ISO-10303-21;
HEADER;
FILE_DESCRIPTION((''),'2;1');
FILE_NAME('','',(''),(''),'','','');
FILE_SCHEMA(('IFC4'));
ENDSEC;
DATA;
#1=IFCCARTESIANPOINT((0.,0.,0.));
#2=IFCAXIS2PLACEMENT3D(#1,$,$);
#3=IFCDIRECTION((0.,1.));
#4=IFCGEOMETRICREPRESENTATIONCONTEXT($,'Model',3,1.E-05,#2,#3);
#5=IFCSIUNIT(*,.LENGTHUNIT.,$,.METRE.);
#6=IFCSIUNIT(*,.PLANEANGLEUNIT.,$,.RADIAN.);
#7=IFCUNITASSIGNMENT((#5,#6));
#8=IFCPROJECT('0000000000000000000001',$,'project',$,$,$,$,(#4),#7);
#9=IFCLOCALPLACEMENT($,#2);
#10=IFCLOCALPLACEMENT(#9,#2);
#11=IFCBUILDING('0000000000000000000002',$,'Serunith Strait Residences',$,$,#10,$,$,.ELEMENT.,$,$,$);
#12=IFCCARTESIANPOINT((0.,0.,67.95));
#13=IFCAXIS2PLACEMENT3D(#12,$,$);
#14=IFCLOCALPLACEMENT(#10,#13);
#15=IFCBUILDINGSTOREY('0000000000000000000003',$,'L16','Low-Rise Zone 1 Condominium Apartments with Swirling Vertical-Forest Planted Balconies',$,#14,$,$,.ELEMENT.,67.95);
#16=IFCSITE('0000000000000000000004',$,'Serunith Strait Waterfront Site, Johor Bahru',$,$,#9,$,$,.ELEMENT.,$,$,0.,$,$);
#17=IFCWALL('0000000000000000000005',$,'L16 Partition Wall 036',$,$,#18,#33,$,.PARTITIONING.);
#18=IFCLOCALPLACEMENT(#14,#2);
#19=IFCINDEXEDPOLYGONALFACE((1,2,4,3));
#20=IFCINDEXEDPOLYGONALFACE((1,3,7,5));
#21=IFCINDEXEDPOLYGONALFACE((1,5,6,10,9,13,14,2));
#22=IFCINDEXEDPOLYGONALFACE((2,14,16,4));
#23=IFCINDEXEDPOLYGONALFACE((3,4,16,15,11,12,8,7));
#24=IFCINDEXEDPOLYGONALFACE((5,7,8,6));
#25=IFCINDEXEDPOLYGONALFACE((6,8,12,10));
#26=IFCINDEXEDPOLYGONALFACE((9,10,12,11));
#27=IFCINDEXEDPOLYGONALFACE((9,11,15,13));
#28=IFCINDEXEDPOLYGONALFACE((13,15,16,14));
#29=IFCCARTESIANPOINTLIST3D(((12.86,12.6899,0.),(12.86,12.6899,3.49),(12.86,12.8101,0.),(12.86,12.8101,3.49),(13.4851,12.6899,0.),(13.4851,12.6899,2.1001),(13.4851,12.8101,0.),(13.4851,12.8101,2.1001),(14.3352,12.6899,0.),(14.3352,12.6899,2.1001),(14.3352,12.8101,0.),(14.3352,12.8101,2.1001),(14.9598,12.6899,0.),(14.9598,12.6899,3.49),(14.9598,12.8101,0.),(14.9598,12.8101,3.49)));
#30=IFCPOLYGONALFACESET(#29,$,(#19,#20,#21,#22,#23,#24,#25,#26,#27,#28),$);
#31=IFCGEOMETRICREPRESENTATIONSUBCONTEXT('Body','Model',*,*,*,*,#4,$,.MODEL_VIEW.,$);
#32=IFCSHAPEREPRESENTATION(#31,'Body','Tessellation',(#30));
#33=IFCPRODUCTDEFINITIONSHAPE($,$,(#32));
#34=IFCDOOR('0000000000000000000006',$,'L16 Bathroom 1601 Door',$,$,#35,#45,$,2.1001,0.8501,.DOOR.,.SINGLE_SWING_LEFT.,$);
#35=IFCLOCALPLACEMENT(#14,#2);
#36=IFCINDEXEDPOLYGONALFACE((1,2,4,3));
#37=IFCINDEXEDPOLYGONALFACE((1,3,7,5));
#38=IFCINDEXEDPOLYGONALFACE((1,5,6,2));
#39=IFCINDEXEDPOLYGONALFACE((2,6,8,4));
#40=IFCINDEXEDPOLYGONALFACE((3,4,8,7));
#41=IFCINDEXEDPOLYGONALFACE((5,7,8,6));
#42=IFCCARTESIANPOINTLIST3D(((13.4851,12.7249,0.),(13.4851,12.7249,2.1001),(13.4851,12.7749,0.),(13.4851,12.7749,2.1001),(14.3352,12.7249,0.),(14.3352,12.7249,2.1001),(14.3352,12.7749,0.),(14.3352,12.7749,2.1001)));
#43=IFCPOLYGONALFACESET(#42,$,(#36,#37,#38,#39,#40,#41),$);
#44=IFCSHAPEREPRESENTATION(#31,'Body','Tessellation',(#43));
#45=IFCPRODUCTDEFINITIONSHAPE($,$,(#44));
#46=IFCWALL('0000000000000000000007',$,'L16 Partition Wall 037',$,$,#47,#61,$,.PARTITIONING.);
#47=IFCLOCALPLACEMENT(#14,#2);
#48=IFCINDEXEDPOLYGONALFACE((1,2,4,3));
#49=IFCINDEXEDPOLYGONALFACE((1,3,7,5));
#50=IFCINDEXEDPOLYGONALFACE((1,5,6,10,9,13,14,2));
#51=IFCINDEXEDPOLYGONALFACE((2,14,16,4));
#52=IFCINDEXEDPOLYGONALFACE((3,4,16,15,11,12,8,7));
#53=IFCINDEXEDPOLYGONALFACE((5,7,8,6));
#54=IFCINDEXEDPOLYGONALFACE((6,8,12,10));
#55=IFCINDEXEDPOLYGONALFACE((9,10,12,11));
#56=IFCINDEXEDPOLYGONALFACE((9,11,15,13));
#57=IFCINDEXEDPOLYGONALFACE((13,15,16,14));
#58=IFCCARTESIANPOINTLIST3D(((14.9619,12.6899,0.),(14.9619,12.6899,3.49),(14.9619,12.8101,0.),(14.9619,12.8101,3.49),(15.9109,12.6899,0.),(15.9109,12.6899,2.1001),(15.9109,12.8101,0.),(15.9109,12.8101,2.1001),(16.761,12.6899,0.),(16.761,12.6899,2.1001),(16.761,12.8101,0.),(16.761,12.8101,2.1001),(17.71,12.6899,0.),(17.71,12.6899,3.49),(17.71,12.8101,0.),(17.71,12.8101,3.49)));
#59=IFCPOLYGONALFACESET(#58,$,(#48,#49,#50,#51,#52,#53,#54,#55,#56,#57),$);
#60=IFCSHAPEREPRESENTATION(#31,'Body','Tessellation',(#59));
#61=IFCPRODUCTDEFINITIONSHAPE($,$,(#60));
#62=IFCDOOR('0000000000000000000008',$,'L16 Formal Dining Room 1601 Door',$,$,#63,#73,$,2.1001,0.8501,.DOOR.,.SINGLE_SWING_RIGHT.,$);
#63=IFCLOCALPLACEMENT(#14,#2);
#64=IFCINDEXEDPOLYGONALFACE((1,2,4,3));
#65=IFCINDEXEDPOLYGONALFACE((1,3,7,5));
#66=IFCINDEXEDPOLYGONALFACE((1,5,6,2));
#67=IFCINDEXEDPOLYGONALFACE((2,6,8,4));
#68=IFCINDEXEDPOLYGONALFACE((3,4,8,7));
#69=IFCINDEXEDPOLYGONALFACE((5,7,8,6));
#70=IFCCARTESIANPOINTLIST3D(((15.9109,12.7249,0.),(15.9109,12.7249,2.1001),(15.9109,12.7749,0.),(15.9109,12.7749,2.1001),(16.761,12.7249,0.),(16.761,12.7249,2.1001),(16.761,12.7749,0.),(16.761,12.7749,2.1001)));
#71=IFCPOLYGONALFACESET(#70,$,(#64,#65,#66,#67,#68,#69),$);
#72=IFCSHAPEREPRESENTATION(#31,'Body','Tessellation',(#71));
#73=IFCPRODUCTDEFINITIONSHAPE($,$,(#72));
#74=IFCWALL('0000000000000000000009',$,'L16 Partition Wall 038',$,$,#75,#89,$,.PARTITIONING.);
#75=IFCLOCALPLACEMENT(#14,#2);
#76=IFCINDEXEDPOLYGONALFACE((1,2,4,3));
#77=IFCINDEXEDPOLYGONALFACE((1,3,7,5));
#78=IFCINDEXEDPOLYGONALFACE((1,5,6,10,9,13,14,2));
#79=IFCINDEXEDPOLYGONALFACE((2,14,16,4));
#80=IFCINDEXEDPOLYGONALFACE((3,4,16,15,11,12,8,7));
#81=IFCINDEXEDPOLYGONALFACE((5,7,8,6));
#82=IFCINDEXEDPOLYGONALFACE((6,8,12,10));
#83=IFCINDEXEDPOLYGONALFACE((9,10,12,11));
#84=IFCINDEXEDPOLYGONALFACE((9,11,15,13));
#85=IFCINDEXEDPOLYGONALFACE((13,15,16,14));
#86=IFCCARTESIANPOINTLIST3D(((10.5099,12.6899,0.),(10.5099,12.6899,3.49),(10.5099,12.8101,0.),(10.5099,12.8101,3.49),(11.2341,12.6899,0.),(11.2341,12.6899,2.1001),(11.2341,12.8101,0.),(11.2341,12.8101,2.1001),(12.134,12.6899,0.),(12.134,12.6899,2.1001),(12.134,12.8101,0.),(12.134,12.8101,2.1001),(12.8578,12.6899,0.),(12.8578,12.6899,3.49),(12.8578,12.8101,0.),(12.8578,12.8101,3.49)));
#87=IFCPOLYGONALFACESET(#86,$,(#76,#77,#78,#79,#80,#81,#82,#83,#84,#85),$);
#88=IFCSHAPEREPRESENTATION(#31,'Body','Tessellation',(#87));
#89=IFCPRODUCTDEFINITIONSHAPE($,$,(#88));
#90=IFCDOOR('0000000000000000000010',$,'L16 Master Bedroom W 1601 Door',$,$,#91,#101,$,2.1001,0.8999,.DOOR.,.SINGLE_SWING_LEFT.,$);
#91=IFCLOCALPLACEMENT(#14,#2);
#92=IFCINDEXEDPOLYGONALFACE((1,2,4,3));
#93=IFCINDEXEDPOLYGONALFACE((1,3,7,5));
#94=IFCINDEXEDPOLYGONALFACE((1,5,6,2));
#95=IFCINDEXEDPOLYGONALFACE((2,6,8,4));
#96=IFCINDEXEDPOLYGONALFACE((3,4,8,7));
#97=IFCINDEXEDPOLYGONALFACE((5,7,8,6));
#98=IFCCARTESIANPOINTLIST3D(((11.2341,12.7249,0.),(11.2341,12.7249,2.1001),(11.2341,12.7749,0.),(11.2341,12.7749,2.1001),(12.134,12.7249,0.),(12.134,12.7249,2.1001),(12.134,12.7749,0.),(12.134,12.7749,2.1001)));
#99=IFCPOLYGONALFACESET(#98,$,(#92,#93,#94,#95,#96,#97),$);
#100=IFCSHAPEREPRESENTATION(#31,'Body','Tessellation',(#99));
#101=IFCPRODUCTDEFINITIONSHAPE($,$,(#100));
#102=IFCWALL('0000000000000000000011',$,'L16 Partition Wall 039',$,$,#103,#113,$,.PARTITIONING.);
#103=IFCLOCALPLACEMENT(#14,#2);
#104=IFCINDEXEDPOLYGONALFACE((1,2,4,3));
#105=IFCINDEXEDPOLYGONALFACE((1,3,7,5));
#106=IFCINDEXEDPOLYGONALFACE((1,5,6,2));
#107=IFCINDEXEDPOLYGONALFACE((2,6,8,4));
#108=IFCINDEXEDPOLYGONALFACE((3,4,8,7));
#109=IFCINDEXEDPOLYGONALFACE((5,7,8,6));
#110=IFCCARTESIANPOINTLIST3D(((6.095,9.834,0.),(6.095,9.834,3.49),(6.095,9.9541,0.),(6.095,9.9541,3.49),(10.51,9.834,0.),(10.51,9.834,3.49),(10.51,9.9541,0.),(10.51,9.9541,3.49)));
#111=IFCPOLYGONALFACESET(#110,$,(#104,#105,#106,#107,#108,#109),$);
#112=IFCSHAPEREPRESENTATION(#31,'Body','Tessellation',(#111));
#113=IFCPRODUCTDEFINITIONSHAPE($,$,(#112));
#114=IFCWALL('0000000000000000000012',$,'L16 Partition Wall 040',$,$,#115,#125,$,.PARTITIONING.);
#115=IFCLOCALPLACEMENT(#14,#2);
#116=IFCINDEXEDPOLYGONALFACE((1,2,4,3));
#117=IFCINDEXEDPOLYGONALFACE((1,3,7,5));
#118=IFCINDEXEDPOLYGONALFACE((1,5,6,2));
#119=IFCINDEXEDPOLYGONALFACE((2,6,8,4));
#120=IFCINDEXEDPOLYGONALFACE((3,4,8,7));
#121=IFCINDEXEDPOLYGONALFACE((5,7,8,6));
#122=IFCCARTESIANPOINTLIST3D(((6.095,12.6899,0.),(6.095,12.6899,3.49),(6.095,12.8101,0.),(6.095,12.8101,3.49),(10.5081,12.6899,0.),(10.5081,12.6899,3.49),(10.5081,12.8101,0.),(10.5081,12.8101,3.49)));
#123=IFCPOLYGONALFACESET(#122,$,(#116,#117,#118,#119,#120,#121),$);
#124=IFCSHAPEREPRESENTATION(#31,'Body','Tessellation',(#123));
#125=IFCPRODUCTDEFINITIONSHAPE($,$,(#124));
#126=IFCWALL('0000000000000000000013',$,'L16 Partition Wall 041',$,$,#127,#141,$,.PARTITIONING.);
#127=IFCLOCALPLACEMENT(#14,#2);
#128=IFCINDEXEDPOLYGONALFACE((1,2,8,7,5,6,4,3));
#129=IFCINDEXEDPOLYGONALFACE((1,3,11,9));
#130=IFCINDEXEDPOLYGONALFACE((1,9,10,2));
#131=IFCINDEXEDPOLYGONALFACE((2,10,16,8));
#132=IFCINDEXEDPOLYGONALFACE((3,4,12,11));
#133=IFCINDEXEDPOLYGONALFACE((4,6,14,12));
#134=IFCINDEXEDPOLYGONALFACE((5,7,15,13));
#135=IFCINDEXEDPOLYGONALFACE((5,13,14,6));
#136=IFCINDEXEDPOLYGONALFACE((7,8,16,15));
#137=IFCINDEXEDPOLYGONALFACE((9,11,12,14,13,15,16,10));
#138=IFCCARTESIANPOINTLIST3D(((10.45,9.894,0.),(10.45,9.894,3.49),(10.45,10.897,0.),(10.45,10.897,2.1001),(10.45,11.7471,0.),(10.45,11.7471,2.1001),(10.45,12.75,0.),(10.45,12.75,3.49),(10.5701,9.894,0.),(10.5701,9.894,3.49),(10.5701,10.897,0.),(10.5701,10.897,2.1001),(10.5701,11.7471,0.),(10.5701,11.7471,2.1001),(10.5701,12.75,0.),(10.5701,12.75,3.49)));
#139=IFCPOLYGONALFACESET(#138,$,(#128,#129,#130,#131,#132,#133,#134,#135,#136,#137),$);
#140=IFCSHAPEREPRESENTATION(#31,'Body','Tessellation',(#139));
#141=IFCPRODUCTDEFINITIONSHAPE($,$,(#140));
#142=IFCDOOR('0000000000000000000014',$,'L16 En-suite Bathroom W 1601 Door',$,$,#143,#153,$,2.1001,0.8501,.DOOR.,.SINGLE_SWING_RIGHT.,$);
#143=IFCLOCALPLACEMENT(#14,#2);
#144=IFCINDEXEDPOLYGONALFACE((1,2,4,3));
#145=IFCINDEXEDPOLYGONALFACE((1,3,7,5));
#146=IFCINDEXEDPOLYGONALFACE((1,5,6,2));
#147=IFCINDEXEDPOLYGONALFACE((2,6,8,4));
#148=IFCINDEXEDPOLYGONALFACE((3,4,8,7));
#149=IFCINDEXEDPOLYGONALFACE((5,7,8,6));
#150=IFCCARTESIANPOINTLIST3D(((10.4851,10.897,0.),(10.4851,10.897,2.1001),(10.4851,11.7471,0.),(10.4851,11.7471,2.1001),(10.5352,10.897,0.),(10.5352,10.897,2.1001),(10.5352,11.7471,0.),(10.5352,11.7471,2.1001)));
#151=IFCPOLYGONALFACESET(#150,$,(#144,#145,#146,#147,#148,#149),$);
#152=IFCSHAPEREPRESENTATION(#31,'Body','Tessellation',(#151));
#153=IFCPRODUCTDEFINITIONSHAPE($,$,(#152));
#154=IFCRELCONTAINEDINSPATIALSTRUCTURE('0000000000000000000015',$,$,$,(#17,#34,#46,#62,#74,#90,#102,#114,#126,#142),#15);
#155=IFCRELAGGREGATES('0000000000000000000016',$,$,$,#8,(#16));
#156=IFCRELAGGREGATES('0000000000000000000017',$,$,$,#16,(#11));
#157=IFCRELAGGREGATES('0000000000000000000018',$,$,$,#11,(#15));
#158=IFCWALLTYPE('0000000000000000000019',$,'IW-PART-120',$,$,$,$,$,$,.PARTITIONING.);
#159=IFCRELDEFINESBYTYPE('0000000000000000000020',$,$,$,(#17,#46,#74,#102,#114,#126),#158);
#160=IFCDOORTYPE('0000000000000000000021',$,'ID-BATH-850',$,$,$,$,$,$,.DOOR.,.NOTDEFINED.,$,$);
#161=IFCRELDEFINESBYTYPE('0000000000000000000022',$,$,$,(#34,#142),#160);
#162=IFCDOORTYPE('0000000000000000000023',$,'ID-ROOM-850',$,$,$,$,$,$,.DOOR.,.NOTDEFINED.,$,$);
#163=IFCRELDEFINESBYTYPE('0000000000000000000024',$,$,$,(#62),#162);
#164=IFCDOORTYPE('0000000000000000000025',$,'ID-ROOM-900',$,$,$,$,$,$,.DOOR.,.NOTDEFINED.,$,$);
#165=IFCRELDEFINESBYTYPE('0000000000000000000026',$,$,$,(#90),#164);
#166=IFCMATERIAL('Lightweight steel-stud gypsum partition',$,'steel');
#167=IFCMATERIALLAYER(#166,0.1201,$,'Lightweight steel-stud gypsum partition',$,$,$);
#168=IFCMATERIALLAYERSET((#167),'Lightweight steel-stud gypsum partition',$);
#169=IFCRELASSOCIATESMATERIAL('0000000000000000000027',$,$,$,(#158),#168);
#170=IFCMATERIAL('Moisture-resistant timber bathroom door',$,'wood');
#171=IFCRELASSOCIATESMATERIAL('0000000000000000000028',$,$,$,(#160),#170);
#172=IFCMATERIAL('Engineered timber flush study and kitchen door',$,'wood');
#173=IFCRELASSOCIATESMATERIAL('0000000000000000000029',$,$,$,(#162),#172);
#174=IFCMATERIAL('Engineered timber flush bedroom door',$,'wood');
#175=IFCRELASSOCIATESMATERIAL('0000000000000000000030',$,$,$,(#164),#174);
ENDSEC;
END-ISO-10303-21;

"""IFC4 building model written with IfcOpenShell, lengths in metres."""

from ifc_helpers import new_model, si_unit, direction, frame, frame_2d, origin, place, context, subcontext, project, spatial, rectangle, extrude, source, transform, mapped, material, layer, layer_set, type_object, element, fill, save


model = new_model("IFC4")

# Units and contexts
model_context = context("Model", 3, precision=1e-05, world=origin(), true_north=direction((0.0, 1.0)))
body_context = subcontext(model_context, "Body", "Model", "MODEL_VIEW")
ifc_project = project(units=[si_unit("LENGTHUNIT", "METRE"), si_unit("PLANEANGLEUNIT", "RADIAN")], contexts=[model_context])

# Site, building, storey
site_placement = place(None, origin())
site = spatial("IfcSite", under=ifc_project, at=site_placement, Name="Serunith Strait Waterfront Site, Johor Bahru", CompositionType="ELEMENT", RefElevation=0.0)
building_placement = place(site_placement, origin())
building = spatial("IfcBuilding", under=site, at=building_placement, Name="Serunith Strait Residences", CompositionType="ELEMENT")
storey_placement = place(building_placement, frame((0.0, 0.0, 67.95)))
storey = spatial("IfcBuildingStorey", under=building, at=storey_placement, Name="L16", Description="Low-Rise Zone 1 Condominium Apartments with Swirling Vertical-Forest Planted Balconies", CompositionType="ELEMENT", Elevation=67.95)

# Shared definitions
ifc_material_1 = material(Name="Lightweight steel-stud gypsum partition", Category="steel")
ifc_layer_1 = layer(ifc_material_1, 0.1201, Name="Lightweight steel-stud gypsum partition")
ifc_layer_set_1 = layer_set([ifc_layer_1], Name="Lightweight steel-stud gypsum partition")
wall_type_1 = type_object("IfcWallType", Name="IW-PART-120", PredefinedType="PARTITIONING", material=ifc_layer_set_1)

# Walls, openings, doors
wall_1_placement = place(storey_placement, frame((12.8601, 12.75, 0.0), z_axis=(0.0, 0.0, 1.0), x_axis=(1.0, 0.0, 0.0)))
wall_1 = element("IfcWall", 1, at=wall_1_placement, inside=storey, type_object=wall_type_1, Name="L16 Partition Wall 036", PredefinedType="PARTITIONING", context=body_context, shape_type="SweptSolid", body=[
    extrude(rectangle(XDim=2.0999, YDim=0.1201, at=frame_2d((1.0498, 0.0))), origin(), (0.0, 0.0, 1.0), 3.49),
])
opening_1_placement = place(wall_1_placement, frame((0.625, 0.0, 0.0)))
opening_1 = element("IfcOpeningElement", 2, at=opening_1_placement, cuts=wall_1, PredefinedType="OPENING", context=body_context, shape_type="SweptSolid", body=[
    extrude(rectangle(XDim=0.8501, YDim=2.1001, at=frame_2d((0.425, 1.05))), frame((0.0, 0.0701, 0.0), z_axis=(0.0, -1.0, 0.0), x_axis=(1.0, 0.0, 0.0)), (0.0, 0.0, 1.0), 0.1401),
])
ifc_material_2 = material(Name="Moisture-resistant timber bathroom door", Category="wood")
door_type_1 = type_object("IfcDoorType", Name="ID-BATH-850", OperationType="NOTDEFINED", PredefinedType="DOOR", material=ifc_material_2)
shared_shape_1 = source(origin(), body_context, "Body", "SweptSolid", [
    extrude(rectangle(XDim=0.8501, YDim=2.1001, at=frame_2d((0.425, 1.05))), frame((0.0, 0.0249, 0.0), z_axis=(0.0, -1.0, 0.0), x_axis=(1.0, 0.0, 0.0)), (0.0, 0.0, 1.0), 0.05),
])
door_1_placement = place(opening_1_placement, origin())
door_1 = element("IfcDoor", 3, at=door_1_placement, inside=storey, type_object=door_type_1, Name="L16 Bathroom 1601 Door", OperationType="SINGLE_SWING_LEFT", OverallHeight=2.1001, OverallWidth=0.8501, PredefinedType="DOOR", context=body_context, shape_type="MappedRepresentation", body=[
    mapped(shared_shape_1, transform((0.0, 0.0, 0.0), scale=1.0)),
])
fill(opening_1, door_1)
wall_2_placement = place(storey_placement, frame((14.9619, 12.75, 0.0), z_axis=(0.0, 0.0, 1.0), x_axis=(1.0, 0.0, 0.0)))
wall_2 = element("IfcWall", 4, at=wall_2_placement, inside=storey, type_object=wall_type_1, Name="L16 Partition Wall 037", PredefinedType="PARTITIONING", context=body_context, shape_type="SweptSolid", body=[
    extrude(rectangle(XDim=2.748, YDim=0.1201, at=frame_2d((1.374, 0.0))), origin(), (0.0, 0.0, 1.0), 3.49),
])
opening_2_placement = place(wall_2_placement, frame((0.949, 0.0, 0.0)))
opening_2 = element("IfcOpeningElement", 5, at=opening_2_placement, cuts=wall_2, PredefinedType="OPENING", context=body_context, shape_type="SweptSolid", body=[
    extrude(rectangle(XDim=0.8501, YDim=2.1001, at=frame_2d((0.425, 1.05))), frame((0.0, 0.0701, 0.0), z_axis=(0.0, -1.0, 0.0), x_axis=(1.0, 0.0, 0.0)), (0.0, 0.0, 1.0), 0.1401),
])
ifc_material_3 = material(Name="Engineered timber flush study and kitchen door", Category="wood")
door_type_2 = type_object("IfcDoorType", Name="ID-ROOM-850", OperationType="NOTDEFINED", PredefinedType="DOOR", material=ifc_material_3)
door_2_placement = place(opening_2_placement, origin())
door_2 = element("IfcDoor", 6, at=door_2_placement, inside=storey, type_object=door_type_2, Name="L16 Formal Dining Room 1601 Door", OperationType="SINGLE_SWING_RIGHT", OverallHeight=2.1001, OverallWidth=0.8501, PredefinedType="DOOR", context=body_context, shape_type="MappedRepresentation", body=[
    mapped(shared_shape_1, transform((0.0, 0.0, 0.0), scale=1.0)),
])
fill(opening_2, door_2)
wall_3_placement = place(storey_placement, frame((10.51, 12.75, 0.0), z_axis=(0.0, 0.0, 1.0), x_axis=(1.0, 0.0, 0.0)))
wall_3 = element("IfcWall", 7, at=wall_3_placement, inside=storey, type_object=wall_type_1, Name="L16 Partition Wall 038", PredefinedType="PARTITIONING", context=body_context, shape_type="SweptSolid", body=[
    extrude(rectangle(XDim=2.3479, YDim=0.1201, at=frame_2d((1.1738, 0.0))), origin(), (0.0, 0.0, 1.0), 3.49),
])
opening_3_placement = place(wall_3_placement, frame((0.7241, 0.0, 0.0)))
opening_3 = element("IfcOpeningElement", 8, at=opening_3_placement, cuts=wall_3, PredefinedType="OPENING", context=body_context, shape_type="SweptSolid", body=[
    extrude(rectangle(XDim=0.8999, YDim=2.1001, at=frame_2d((0.45, 1.05))), frame((0.0, 0.0701, 0.0), z_axis=(0.0, -1.0, 0.0), x_axis=(1.0, 0.0, 0.0)), (0.0, 0.0, 1.0), 0.1401),
])
ifc_material_4 = material(Name="Engineered timber flush bedroom door", Category="wood")
door_type_3 = type_object("IfcDoorType", Name="ID-ROOM-900", OperationType="NOTDEFINED", PredefinedType="DOOR", material=ifc_material_4)
shared_shape_2 = source(origin(), body_context, "Body", "SweptSolid", [
    extrude(rectangle(XDim=0.8999, YDim=2.1001, at=frame_2d((0.45, 1.05))), frame((0.0, 0.0249, 0.0), z_axis=(0.0, -1.0, 0.0), x_axis=(1.0, 0.0, 0.0)), (0.0, 0.0, 1.0), 0.05),
])
door_3_placement = place(opening_3_placement, origin())
door_3 = element("IfcDoor", 9, at=door_3_placement, inside=storey, type_object=door_type_3, Name="L16 Master Bedroom W 1601 Door", OperationType="SINGLE_SWING_LEFT", OverallHeight=2.1001, OverallWidth=0.8999, PredefinedType="DOOR", context=body_context, shape_type="MappedRepresentation", body=[
    mapped(shared_shape_2, transform((0.0, 0.0, 0.0), scale=1.0)),
])
fill(opening_3, door_3)

# Walls
wall_4_placement = place(storey_placement, frame((6.095, 9.894, 0.0), z_axis=(0.0, 0.0, 1.0), x_axis=(1.0, 0.0, 0.0)))
element("IfcWall", 10, at=wall_4_placement, inside=storey, type_object=wall_type_1, Name="L16 Partition Wall 039", PredefinedType="PARTITIONING", context=body_context, shape_type="SweptSolid", body=[
    extrude(rectangle(XDim=4.415, YDim=0.1201, at=frame_2d((2.2075, 0.0))), origin(), (0.0, 0.0, 1.0), 3.49),
])
wall_5_placement = place(storey_placement, frame((6.095, 12.75, 0.0), z_axis=(0.0, 0.0, 1.0), x_axis=(1.0, 0.0, 0.0)))
element("IfcWall", 11, at=wall_5_placement, inside=storey, type_object=wall_type_1, Name="L16 Partition Wall 040", PredefinedType="PARTITIONING", context=body_context, shape_type="SweptSolid", body=[
    extrude(rectangle(XDim=4.4131, YDim=0.1201, at=frame_2d((2.2065, 0.0))), origin(), (0.0, 0.0, 1.0), 3.49),
])

# Wall, opening, door
wall_6_placement = place(storey_placement, frame((10.51, 9.894, 0.0), z_axis=(0.0, 0.0, 1.0), x_axis=(0.0, 1.0, 0.0)))
wall_6 = element("IfcWall", 12, at=wall_6_placement, inside=storey, type_object=wall_type_1, Name="L16 Partition Wall 041", PredefinedType="PARTITIONING", context=body_context, shape_type="SweptSolid", body=[
    extrude(rectangle(XDim=2.856, YDim=0.1201, at=frame_2d((1.428, 0.0))), origin(), (0.0, 0.0, 1.0), 3.49),
])
opening_4_placement = place(wall_6_placement, frame((1.0029, 0.0, 0.0)))
opening_4 = element("IfcOpeningElement", 13, at=opening_4_placement, cuts=wall_6, PredefinedType="OPENING", context=body_context, shape_type="SweptSolid", body=[
    extrude(rectangle(XDim=0.8501, YDim=2.1001, at=frame_2d((0.425, 1.05))), frame((0.0, 0.0701, 0.0), z_axis=(0.0, -1.0, 0.0), x_axis=(1.0, 0.0, 0.0)), (0.0, 0.0, 1.0), 0.1401),
])
door_4_placement = place(opening_4_placement, origin())
door_4 = element("IfcDoor", 14, at=door_4_placement, inside=storey, type_object=door_type_1, Name="L16 En-suite Bathroom W 1601 Door", OperationType="SINGLE_SWING_RIGHT", OverallHeight=2.1001, OverallWidth=0.8501, PredefinedType="DOOR", context=body_context, shape_type="MappedRepresentation", body=[
    mapped(shared_shape_1, transform((0.0, 0.0, 0.0), scale=1.0)),
])
fill(opening_4, door_4)

save(model, "model.ifc")
